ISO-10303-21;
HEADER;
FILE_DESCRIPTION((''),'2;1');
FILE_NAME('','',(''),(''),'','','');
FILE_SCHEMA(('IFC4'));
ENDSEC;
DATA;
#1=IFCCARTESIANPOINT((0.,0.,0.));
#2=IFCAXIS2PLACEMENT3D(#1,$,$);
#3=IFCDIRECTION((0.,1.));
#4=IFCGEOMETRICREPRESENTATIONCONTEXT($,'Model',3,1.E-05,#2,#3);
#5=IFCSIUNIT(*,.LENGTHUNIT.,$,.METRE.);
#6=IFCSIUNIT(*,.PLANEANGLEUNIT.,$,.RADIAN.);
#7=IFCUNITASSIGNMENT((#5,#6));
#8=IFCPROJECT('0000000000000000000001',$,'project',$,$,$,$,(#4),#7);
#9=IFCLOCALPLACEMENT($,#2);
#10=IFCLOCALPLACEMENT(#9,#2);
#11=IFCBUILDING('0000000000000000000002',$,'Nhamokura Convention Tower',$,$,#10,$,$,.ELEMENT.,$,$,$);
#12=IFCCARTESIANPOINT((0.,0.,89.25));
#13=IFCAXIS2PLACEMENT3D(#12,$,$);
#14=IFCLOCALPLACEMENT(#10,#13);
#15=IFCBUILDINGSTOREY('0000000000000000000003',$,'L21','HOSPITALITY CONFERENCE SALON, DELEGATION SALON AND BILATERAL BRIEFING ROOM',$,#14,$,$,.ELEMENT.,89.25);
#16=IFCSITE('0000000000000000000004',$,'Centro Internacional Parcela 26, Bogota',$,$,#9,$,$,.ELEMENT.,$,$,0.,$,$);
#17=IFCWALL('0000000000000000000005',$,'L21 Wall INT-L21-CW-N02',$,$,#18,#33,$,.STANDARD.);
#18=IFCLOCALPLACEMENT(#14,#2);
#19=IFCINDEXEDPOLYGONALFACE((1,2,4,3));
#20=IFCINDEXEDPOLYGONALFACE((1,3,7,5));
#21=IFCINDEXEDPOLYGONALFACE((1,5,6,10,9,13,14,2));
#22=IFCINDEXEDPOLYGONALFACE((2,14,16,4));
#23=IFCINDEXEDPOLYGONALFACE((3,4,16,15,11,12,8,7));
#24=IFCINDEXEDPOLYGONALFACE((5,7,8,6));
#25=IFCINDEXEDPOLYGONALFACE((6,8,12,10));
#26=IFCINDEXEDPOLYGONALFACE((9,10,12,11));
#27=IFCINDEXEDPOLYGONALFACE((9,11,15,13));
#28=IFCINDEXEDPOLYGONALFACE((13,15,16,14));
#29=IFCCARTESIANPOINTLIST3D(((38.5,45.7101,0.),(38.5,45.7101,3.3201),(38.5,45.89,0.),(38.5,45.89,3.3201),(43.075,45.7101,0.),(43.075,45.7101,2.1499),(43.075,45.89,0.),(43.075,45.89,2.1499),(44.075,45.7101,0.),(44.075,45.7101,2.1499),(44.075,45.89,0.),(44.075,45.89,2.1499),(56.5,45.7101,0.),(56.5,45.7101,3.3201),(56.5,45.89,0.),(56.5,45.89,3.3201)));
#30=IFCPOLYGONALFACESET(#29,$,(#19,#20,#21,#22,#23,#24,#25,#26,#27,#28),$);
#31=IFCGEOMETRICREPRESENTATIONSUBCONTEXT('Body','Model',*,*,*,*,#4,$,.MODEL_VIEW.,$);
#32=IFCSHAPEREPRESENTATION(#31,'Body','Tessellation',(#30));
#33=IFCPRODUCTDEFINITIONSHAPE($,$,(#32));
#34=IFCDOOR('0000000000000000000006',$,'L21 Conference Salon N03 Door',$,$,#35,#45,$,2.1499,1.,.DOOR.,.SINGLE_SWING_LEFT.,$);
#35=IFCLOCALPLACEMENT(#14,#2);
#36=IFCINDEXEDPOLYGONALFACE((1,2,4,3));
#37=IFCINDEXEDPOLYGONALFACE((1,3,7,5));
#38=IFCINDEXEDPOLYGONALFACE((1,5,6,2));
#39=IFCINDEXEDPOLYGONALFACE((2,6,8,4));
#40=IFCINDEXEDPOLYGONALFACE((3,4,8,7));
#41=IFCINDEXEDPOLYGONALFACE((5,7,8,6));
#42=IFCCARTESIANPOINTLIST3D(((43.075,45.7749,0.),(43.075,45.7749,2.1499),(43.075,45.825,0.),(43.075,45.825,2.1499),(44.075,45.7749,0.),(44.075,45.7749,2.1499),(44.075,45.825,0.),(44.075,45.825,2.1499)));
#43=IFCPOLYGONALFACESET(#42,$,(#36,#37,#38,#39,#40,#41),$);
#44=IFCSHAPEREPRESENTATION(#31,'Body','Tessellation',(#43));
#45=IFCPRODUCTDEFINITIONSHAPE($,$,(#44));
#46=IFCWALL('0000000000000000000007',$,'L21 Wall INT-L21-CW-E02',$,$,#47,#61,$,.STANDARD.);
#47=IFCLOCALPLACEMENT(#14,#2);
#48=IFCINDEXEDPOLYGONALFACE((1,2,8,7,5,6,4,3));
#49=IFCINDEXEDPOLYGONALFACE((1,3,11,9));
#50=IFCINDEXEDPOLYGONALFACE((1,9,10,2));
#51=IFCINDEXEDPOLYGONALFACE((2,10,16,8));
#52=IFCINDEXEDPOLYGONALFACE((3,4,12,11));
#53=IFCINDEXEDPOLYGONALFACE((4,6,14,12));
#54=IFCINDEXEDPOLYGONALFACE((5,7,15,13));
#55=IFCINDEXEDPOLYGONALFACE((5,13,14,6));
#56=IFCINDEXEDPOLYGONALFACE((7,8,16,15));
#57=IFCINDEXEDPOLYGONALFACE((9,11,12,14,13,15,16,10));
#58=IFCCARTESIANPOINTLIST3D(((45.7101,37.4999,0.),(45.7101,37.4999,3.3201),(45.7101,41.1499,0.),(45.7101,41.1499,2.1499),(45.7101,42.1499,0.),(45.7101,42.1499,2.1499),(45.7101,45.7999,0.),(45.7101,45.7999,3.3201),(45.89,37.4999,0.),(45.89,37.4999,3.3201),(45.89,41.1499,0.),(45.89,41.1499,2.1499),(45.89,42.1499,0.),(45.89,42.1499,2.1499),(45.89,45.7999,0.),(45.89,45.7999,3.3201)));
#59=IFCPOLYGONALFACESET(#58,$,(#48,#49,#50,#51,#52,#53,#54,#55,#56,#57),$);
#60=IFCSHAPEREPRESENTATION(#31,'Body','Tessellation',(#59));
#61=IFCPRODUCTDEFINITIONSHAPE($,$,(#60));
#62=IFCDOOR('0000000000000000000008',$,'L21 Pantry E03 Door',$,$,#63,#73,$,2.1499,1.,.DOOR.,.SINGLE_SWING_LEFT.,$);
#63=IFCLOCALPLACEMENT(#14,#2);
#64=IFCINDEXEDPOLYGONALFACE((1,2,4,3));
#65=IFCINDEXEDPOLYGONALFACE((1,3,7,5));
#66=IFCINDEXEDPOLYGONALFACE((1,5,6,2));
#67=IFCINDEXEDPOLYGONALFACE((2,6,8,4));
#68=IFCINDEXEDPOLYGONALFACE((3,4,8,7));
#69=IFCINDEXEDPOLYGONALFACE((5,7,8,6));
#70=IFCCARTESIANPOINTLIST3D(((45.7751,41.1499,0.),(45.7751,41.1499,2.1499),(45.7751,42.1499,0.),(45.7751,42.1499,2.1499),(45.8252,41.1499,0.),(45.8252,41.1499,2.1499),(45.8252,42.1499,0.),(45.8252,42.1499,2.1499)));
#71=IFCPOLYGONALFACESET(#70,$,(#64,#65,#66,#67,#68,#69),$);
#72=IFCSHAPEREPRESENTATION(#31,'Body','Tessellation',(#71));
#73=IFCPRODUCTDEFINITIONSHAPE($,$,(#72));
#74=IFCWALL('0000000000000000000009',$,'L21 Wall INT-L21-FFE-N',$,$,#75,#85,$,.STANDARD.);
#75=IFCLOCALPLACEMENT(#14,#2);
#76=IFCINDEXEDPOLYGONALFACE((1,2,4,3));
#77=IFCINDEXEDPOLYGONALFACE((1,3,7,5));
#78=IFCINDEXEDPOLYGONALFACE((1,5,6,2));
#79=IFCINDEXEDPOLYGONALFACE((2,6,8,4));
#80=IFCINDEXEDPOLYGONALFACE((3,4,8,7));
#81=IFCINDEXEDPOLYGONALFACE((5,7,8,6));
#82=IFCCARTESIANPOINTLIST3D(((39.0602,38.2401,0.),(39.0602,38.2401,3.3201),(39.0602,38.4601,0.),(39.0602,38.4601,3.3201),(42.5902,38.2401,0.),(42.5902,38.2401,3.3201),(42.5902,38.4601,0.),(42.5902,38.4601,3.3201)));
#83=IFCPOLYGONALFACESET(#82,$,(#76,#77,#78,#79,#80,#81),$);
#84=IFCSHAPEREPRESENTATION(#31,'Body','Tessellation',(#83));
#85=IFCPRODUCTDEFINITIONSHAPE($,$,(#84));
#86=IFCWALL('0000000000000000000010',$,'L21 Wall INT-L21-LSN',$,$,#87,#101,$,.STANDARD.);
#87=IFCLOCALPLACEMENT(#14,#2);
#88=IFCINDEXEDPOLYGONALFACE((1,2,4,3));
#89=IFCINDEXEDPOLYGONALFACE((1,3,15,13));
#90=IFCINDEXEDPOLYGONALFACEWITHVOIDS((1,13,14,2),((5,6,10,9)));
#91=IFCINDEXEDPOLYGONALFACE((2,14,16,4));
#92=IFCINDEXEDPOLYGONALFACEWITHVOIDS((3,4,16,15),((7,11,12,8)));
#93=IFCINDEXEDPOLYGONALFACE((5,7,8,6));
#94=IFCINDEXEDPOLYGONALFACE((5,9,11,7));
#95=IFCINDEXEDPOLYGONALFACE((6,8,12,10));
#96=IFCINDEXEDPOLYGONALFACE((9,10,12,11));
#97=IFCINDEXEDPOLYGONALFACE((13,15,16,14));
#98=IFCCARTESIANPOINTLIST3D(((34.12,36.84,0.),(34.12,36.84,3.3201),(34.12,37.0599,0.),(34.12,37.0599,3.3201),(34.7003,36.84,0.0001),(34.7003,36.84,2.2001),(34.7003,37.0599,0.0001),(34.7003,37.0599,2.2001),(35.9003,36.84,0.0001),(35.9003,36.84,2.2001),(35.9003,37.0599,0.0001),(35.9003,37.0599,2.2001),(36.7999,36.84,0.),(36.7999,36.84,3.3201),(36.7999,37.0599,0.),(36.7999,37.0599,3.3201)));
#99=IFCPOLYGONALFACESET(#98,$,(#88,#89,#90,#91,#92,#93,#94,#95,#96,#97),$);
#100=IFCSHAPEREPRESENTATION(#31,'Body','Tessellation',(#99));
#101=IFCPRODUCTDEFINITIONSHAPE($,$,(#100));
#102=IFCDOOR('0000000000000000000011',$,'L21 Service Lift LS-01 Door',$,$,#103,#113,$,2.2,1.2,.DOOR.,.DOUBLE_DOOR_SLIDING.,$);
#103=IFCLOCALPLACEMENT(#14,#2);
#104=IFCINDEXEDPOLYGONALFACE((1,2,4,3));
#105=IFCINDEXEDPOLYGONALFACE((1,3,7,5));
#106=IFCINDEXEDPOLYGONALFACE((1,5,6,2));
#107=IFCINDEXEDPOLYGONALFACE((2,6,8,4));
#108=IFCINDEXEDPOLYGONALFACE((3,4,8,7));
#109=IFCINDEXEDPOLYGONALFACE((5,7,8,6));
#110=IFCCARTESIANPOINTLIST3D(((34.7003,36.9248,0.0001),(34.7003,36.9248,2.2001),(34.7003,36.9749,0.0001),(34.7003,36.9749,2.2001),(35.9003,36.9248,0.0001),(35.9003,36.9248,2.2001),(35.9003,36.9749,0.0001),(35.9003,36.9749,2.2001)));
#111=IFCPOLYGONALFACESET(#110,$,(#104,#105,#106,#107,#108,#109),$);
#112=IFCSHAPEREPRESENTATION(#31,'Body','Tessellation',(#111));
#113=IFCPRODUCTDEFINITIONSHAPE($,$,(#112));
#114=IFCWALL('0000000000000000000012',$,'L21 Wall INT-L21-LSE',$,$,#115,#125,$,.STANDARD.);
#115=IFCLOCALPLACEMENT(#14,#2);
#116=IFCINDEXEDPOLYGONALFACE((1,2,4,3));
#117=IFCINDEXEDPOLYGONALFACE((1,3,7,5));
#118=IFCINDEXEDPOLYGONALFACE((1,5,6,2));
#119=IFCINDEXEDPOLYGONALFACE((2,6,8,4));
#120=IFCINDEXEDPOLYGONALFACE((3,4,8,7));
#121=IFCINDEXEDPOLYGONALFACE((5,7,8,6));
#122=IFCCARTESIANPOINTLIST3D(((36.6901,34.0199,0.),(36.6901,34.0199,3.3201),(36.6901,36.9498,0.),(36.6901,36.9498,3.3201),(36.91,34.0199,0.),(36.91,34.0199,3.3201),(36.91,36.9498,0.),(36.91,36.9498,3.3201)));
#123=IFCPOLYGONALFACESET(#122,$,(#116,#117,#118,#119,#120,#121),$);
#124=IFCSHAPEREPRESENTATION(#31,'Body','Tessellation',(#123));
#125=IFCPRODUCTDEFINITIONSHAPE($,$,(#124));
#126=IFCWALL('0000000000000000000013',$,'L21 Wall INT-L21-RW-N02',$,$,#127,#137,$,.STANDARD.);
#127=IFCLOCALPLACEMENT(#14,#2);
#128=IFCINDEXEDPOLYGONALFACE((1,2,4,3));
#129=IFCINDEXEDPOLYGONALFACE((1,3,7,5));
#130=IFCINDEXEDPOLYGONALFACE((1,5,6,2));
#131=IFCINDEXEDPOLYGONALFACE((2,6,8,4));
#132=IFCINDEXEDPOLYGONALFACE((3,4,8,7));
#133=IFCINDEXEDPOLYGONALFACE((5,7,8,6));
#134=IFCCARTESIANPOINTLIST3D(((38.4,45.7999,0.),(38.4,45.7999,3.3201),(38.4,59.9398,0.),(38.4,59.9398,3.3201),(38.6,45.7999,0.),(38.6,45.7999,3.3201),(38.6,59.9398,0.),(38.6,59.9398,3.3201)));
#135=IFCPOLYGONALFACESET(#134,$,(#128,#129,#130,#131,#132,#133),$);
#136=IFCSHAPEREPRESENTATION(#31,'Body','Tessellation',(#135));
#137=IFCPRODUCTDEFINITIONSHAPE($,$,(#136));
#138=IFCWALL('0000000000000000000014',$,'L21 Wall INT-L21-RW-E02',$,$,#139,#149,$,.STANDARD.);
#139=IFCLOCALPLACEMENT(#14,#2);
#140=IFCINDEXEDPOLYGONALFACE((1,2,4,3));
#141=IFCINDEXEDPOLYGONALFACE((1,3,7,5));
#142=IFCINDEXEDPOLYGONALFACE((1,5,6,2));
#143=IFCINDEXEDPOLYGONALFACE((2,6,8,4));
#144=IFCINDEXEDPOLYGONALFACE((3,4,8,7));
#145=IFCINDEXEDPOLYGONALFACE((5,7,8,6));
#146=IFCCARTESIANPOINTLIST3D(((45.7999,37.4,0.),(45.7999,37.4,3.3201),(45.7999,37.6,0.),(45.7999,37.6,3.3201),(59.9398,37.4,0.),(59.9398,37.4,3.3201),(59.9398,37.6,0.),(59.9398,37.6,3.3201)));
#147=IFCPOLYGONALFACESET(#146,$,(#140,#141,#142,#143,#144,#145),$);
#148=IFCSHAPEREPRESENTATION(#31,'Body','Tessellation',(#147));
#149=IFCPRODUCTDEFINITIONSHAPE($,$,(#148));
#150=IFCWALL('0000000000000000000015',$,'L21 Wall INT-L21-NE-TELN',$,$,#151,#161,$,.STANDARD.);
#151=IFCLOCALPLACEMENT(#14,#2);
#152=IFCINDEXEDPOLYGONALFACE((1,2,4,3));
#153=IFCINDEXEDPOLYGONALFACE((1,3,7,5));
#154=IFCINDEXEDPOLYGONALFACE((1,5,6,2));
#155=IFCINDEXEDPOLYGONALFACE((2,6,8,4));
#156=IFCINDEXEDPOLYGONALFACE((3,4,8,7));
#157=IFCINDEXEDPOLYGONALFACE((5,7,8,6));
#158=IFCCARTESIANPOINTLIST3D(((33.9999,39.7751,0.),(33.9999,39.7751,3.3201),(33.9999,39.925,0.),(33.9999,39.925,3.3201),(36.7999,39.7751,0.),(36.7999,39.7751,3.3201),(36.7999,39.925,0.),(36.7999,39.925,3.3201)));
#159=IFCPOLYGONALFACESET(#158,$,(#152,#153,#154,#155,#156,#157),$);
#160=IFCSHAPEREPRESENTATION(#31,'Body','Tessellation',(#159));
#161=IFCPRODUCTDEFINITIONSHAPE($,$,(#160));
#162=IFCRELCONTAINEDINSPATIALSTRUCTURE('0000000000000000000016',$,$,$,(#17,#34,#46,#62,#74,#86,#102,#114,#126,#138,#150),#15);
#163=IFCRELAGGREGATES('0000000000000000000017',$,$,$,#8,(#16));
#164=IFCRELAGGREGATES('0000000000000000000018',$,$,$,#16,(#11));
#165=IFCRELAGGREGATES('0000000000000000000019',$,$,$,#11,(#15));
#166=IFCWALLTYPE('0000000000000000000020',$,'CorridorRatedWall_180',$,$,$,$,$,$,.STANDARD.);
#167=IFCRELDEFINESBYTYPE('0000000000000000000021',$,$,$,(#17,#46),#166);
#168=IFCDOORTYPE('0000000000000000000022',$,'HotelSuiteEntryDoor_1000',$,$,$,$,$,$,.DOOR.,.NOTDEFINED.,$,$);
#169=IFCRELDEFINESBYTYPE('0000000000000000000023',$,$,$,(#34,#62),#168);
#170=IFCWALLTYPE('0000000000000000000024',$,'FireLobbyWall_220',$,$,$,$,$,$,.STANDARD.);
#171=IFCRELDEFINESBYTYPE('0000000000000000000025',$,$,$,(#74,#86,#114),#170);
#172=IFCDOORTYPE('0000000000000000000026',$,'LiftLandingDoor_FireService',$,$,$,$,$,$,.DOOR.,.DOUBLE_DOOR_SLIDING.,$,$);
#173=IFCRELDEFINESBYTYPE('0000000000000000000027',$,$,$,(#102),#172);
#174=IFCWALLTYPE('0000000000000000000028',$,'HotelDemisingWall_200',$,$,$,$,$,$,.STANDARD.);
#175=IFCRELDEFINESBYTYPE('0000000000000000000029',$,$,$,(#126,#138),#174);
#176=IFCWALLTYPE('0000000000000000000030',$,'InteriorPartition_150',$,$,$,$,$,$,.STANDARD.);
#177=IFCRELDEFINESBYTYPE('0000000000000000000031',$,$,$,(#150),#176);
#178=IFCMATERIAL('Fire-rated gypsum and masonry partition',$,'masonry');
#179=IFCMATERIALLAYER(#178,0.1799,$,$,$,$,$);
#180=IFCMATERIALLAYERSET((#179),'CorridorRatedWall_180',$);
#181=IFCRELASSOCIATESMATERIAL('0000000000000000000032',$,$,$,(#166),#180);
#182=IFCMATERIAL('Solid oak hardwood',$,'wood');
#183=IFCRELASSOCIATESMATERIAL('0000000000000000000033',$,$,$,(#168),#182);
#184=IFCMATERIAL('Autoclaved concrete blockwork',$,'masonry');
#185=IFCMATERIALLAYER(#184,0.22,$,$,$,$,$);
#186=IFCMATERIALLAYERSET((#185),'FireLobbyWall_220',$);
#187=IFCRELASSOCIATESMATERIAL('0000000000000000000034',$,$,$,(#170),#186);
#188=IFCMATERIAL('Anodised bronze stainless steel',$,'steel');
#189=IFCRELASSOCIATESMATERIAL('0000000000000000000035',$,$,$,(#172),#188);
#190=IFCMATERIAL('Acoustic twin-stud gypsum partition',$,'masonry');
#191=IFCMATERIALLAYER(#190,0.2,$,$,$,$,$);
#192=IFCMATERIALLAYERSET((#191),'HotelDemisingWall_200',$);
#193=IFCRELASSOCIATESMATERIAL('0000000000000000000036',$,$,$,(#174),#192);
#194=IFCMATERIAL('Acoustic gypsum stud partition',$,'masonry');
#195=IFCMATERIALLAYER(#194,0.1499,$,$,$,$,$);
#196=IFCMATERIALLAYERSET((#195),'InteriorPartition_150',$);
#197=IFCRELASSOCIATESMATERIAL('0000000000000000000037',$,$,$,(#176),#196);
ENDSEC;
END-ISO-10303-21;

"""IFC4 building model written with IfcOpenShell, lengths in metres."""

from ifc_helpers import new_model, si_unit, direction, frame, frame_2d, origin, place, context, subcontext, project, spatial, rectangle, extrude, material, layer, layer_set, type_object, element, fill, save


model = new_model("IFC4")

# Units and contexts
model_context = context("Model", 3, precision=1e-05, world=origin(), true_north=direction((0.0, 1.0)))
body_context = subcontext(model_context, "Body", "Model", "MODEL_VIEW")
ifc_project = project(units=[si_unit("LENGTHUNIT", "METRE"), si_unit("PLANEANGLEUNIT", "RADIAN")], contexts=[model_context])

# Site, building, storey
site_placement = place(None, origin())
site = spatial("IfcSite", under=ifc_project, at=site_placement, Name="Centro Internacional Parcela 26, Bogota", CompositionType="ELEMENT", RefElevation=0.0)
building_placement = place(site_placement, origin())
building = spatial("IfcBuilding", under=site, at=building_placement, Name="Nhamokura Convention Tower", CompositionType="ELEMENT")
storey_placement = place(building_placement, frame((0.0, 0.0, 89.25)))
storey = spatial("IfcBuildingStorey", under=building, at=storey_placement, Name="L21", Description="HOSPITALITY CONFERENCE SALON, DELEGATION SALON AND BILATERAL BRIEFING ROOM", CompositionType="ELEMENT", Elevation=89.25)

# Walls, openings, doors
ifc_material_1 = material(Name="Fire-rated gypsum and masonry partition", Category="masonry")
ifc_layer_1 = layer(ifc_material_1, 0.1799)
ifc_layer_set_1 = layer_set([ifc_layer_1], Name="CorridorRatedWall_180")
wall_type_1 = type_object("IfcWallType", Name="CorridorRatedWall_180", PredefinedType="STANDARD", material=ifc_layer_set_1)
wall_1_placement = place(storey_placement, frame((38.5, 45.8, 0.0), z_axis=(0.0, 0.0, 1.0), x_axis=(1.0, 0.0, 0.0)))
wall_1 = element("IfcWall", 1, at=wall_1_placement, inside=storey, type_object=wall_type_1, Name="L21 Wall INT-L21-CW-N02", PredefinedType="STANDARD", context=body_context, shape_type="SweptSolid", body=[
    extrude(rectangle(XDim=18.0, YDim=0.1799, at=frame_2d((9.0, 0.0))), origin(), (0.0, 0.0, 1.0), 3.3201),
])
opening_1_placement = place(wall_1_placement, frame((4.575, 0.0, 0.0)))
opening_1 = element("IfcOpeningElement", 2, at=opening_1_placement, cuts=wall_1, PredefinedType="OPENING", context=body_context, shape_type="SweptSolid", body=[
    extrude(rectangle(XDim=1.0, YDim=2.1499, at=frame_2d((0.5, 1.075))), frame((0.0, 0.0999, 0.0), z_axis=(0.0, -1.0, 0.0), x_axis=(1.0, 0.0, 0.0)), (0.0, 0.0, 1.0), 0.2),
])
ifc_material_2 = material(Name="Solid oak hardwood", Category="wood")
door_type_1 = type_object("IfcDoorType", Name="HotelSuiteEntryDoor_1000", OperationType="NOTDEFINED", PredefinedType="DOOR", material=ifc_material_2)
door_1_placement = place(opening_1_placement, origin())
door_1 = element("IfcDoor", 3, at=door_1_placement, inside=storey, type_object=door_type_1, Name="L21 Conference Salon N03 Door", OperationType="SINGLE_SWING_LEFT", OverallHeight=2.1499, OverallWidth=1.0, PredefinedType="DOOR", context=body_context, shape_type="SweptSolid", body=[
    extrude(rectangle(XDim=1.0, YDim=2.1499, at=frame_2d((0.5, 1.075))), frame((0.0, 0.0249, 0.0), z_axis=(0.0, -1.0, 0.0), x_axis=(1.0, 0.0, 0.0)), (0.0, 0.0, 1.0), 0.05),
])
fill(opening_1, door_1)
wall_2_placement = place(storey_placement, frame((45.8, 37.5, 0.0), z_axis=(0.0, 0.0, 1.0), x_axis=(0.0, 1.0, 0.0)))
wall_2 = element("IfcWall", 4, at=wall_2_placement, inside=storey, type_object=wall_type_1, Name="L21 Wall INT-L21-CW-E02", PredefinedType="STANDARD", context=body_context, shape_type="SweptSolid", body=[
    extrude(rectangle(XDim=8.3, YDim=0.1799, at=frame_2d((4.1499, 0.0))), origin(), (0.0, 0.0, 1.0), 3.3201),
])
opening_2_placement = place(wall_2_placement, frame((3.6499, 0.0, 0.0)))
opening_2 = element("IfcOpeningElement", 5, at=opening_2_placement, cuts=wall_2, PredefinedType="OPENING", context=body_context, shape_type="SweptSolid", body=[
    extrude(rectangle(XDim=1.0, YDim=2.1499, at=frame_2d((0.5, 1.075))), frame((0.0, 0.0999, 0.0), z_axis=(0.0, -1.0, 0.0), x_axis=(1.0, 0.0, 0.0)), (0.0, 0.0, 1.0), 0.2),
])
door_2_placement = place(opening_2_placement, origin())
door_2 = element("IfcDoor", 6, at=door_2_placement, inside=storey, type_object=door_type_1, Name="L21 Pantry E03 Door", OperationType="SINGLE_SWING_LEFT", OverallHeight=2.1499, OverallWidth=1.0, PredefinedType="DOOR", context=body_context, shape_type="SweptSolid", body=[
    extrude(rectangle(XDim=1.0, YDim=2.1499, at=frame_2d((0.5, 1.075))), frame((0.0, 0.0249, 0.0), z_axis=(0.0, -1.0, 0.0), x_axis=(1.0, 0.0, 0.0)), (0.0, 0.0, 1.0), 0.05),
])
fill(opening_2, door_2)

# Wall
ifc_material_3 = material(Name="Autoclaved concrete blockwork", Category="masonry")
ifc_layer_2 = layer(ifc_material_3, 0.22)
ifc_layer_set_2 = layer_set([ifc_layer_2], Name="FireLobbyWall_220")
wall_type_2 = type_object("IfcWallType", Name="FireLobbyWall_220", PredefinedType="STANDARD", material=ifc_layer_set_2)
wall_3_placement = place(storey_placement, frame((39.0601, 38.3501, 0.0), z_axis=(0.0, 0.0, 1.0), x_axis=(1.0, 0.0, 0.0)))
element("IfcWall", 7, at=wall_3_placement, inside=storey, type_object=wall_type_2, Name="L21 Wall INT-L21-FFE-N", PredefinedType="STANDARD", context=body_context, shape_type="SweptSolid", body=[
    extrude(rectangle(XDim=3.53, YDim=0.22, at=frame_2d((1.7651, 0.0))), origin(), (0.0, 0.0, 1.0), 3.3201),
])

# Wall, opening, door
wall_4_placement = place(storey_placement, frame((34.1201, 36.95, 0.0), z_axis=(0.0, 0.0, 1.0), x_axis=(1.0, 0.0, 0.0)))
wall_4 = element("IfcWall", 8, at=wall_4_placement, inside=storey, type_object=wall_type_2, Name="L21 Wall INT-L21-LSN", PredefinedType="STANDARD", context=body_context, shape_type="SweptSolid", body=[
    extrude(rectangle(XDim=2.6799, YDim=0.22, at=frame_2d((1.3398, 0.0))), origin(), (0.0, 0.0, 1.0), 3.3201),
])
opening_3_placement = place(wall_4_placement, frame((0.5801, 0.0, 0.0)))
opening_3 = element("IfcOpeningElement", 9, at=opening_3_placement, cuts=wall_4, PredefinedType="OPENING", context=body_context, shape_type="SweptSolid", body=[
    extrude(rectangle(XDim=1.2, YDim=2.2, at=frame_2d((0.6001, 1.1001))), frame((0.0, 0.1199, 0.0), z_axis=(0.0, -1.0, 0.0), x_axis=(1.0, 0.0, 0.0)), (0.0, 0.0, 1.0), 0.24),
])
ifc_material_4 = material(Name="Anodised bronze stainless steel", Category="steel")
door_type_2 = type_object("IfcDoorType", Name="LiftLandingDoor_FireService", OperationType="DOUBLE_DOOR_SLIDING", PredefinedType="DOOR", material=ifc_material_4)
door_3_placement = place(opening_3_placement, origin())
door_3 = element("IfcDoor", 10, at=door_3_placement, inside=storey, type_object=door_type_2, Name="L21 Service Lift LS-01 Door", OperationType="DOUBLE_DOOR_SLIDING", OverallHeight=2.2, OverallWidth=1.2, PredefinedType="DOOR", context=body_context, shape_type="SweptSolid", body=[
    extrude(rectangle(XDim=1.2, YDim=2.2, at=frame_2d((0.6001, 1.1001))), frame((0.0, 0.0249, 0.0), z_axis=(0.0, -1.0, 0.0), x_axis=(1.0, 0.0, 0.0)), (0.0, 0.0, 1.0), 0.05),
])
fill(opening_3, door_3)

# Walls
wall_5_placement = place(storey_placement, frame((36.8, 34.02, 0.0), z_axis=(0.0, 0.0, 1.0), x_axis=(0.0, 1.0, 0.0)))
element("IfcWall", 11, at=wall_5_placement, inside=storey, type_object=wall_type_2, Name="L21 Wall INT-L21-LSE", PredefinedType="STANDARD", context=body_context, shape_type="SweptSolid", body=[
    extrude(rectangle(XDim=2.9299, YDim=0.22, at=frame_2d((1.4648, 0.0))), origin(), (0.0, 0.0, 1.0), 3.3201),
])
ifc_material_5 = material(Name="Acoustic twin-stud gypsum partition", Category="masonry")
ifc_layer_3 = layer(ifc_material_5, 0.2)
ifc_layer_set_3 = layer_set([ifc_layer_3], Name="HotelDemisingWall_200")
wall_type_3 = type_object("IfcWallType", Name="HotelDemisingWall_200", PredefinedType="STANDARD", material=ifc_layer_set_3)
for number, where, z_axis, x_axis, name in (
    (12, (38.5, 45.8, 0.0), (0.0, 0.0, 1.0), (0.0, 1.0, 0.0), "L21 Wall INT-L21-RW-N02"),
    (13, (45.8, 37.5, 0.0), (0.0, 0.0, 1.0), (1.0, 0.0, 0.0), "L21 Wall INT-L21-RW-E02"),
):
    element("IfcWall", number, at=place(storey_placement, frame(where, z_axis=z_axis, x_axis=x_axis)), inside=storey, type_object=wall_type_3, Name=name, PredefinedType="STANDARD", context=body_context, shape_type="SweptSolid", body=[
        extrude(rectangle(XDim=14.1399, YDim=0.2, at=frame_2d((7.0698, 0.0))), origin(), (0.0, 0.0, 1.0), 3.3201),
    ])
ifc_material_6 = material(Name="Acoustic gypsum stud partition", Category="masonry")
ifc_layer_4 = layer(ifc_material_6, 0.1499)
ifc_layer_set_4 = layer_set([ifc_layer_4], Name="InteriorPartition_150")
wall_type_4 = type_object("IfcWallType", Name="InteriorPartition_150", PredefinedType="STANDARD", material=ifc_layer_set_4)
wall_6_placement = place(storey_placement, frame((34.0, 39.8501, 0.0), z_axis=(0.0, 0.0, 1.0), x_axis=(1.0, 0.0, 0.0)))
element("IfcWall", 14, at=wall_6_placement, inside=storey, type_object=wall_type_4, Name="L21 Wall INT-L21-NE-TELN", PredefinedType="STANDARD", context=body_context, shape_type="SweptSolid", body=[
    extrude(rectangle(XDim=2.8, YDim=0.1499, at=frame_2d((1.3999, 0.0))), origin(), (0.0, 0.0, 1.0), 3.3201),
])

save(model, "model.ifc")
